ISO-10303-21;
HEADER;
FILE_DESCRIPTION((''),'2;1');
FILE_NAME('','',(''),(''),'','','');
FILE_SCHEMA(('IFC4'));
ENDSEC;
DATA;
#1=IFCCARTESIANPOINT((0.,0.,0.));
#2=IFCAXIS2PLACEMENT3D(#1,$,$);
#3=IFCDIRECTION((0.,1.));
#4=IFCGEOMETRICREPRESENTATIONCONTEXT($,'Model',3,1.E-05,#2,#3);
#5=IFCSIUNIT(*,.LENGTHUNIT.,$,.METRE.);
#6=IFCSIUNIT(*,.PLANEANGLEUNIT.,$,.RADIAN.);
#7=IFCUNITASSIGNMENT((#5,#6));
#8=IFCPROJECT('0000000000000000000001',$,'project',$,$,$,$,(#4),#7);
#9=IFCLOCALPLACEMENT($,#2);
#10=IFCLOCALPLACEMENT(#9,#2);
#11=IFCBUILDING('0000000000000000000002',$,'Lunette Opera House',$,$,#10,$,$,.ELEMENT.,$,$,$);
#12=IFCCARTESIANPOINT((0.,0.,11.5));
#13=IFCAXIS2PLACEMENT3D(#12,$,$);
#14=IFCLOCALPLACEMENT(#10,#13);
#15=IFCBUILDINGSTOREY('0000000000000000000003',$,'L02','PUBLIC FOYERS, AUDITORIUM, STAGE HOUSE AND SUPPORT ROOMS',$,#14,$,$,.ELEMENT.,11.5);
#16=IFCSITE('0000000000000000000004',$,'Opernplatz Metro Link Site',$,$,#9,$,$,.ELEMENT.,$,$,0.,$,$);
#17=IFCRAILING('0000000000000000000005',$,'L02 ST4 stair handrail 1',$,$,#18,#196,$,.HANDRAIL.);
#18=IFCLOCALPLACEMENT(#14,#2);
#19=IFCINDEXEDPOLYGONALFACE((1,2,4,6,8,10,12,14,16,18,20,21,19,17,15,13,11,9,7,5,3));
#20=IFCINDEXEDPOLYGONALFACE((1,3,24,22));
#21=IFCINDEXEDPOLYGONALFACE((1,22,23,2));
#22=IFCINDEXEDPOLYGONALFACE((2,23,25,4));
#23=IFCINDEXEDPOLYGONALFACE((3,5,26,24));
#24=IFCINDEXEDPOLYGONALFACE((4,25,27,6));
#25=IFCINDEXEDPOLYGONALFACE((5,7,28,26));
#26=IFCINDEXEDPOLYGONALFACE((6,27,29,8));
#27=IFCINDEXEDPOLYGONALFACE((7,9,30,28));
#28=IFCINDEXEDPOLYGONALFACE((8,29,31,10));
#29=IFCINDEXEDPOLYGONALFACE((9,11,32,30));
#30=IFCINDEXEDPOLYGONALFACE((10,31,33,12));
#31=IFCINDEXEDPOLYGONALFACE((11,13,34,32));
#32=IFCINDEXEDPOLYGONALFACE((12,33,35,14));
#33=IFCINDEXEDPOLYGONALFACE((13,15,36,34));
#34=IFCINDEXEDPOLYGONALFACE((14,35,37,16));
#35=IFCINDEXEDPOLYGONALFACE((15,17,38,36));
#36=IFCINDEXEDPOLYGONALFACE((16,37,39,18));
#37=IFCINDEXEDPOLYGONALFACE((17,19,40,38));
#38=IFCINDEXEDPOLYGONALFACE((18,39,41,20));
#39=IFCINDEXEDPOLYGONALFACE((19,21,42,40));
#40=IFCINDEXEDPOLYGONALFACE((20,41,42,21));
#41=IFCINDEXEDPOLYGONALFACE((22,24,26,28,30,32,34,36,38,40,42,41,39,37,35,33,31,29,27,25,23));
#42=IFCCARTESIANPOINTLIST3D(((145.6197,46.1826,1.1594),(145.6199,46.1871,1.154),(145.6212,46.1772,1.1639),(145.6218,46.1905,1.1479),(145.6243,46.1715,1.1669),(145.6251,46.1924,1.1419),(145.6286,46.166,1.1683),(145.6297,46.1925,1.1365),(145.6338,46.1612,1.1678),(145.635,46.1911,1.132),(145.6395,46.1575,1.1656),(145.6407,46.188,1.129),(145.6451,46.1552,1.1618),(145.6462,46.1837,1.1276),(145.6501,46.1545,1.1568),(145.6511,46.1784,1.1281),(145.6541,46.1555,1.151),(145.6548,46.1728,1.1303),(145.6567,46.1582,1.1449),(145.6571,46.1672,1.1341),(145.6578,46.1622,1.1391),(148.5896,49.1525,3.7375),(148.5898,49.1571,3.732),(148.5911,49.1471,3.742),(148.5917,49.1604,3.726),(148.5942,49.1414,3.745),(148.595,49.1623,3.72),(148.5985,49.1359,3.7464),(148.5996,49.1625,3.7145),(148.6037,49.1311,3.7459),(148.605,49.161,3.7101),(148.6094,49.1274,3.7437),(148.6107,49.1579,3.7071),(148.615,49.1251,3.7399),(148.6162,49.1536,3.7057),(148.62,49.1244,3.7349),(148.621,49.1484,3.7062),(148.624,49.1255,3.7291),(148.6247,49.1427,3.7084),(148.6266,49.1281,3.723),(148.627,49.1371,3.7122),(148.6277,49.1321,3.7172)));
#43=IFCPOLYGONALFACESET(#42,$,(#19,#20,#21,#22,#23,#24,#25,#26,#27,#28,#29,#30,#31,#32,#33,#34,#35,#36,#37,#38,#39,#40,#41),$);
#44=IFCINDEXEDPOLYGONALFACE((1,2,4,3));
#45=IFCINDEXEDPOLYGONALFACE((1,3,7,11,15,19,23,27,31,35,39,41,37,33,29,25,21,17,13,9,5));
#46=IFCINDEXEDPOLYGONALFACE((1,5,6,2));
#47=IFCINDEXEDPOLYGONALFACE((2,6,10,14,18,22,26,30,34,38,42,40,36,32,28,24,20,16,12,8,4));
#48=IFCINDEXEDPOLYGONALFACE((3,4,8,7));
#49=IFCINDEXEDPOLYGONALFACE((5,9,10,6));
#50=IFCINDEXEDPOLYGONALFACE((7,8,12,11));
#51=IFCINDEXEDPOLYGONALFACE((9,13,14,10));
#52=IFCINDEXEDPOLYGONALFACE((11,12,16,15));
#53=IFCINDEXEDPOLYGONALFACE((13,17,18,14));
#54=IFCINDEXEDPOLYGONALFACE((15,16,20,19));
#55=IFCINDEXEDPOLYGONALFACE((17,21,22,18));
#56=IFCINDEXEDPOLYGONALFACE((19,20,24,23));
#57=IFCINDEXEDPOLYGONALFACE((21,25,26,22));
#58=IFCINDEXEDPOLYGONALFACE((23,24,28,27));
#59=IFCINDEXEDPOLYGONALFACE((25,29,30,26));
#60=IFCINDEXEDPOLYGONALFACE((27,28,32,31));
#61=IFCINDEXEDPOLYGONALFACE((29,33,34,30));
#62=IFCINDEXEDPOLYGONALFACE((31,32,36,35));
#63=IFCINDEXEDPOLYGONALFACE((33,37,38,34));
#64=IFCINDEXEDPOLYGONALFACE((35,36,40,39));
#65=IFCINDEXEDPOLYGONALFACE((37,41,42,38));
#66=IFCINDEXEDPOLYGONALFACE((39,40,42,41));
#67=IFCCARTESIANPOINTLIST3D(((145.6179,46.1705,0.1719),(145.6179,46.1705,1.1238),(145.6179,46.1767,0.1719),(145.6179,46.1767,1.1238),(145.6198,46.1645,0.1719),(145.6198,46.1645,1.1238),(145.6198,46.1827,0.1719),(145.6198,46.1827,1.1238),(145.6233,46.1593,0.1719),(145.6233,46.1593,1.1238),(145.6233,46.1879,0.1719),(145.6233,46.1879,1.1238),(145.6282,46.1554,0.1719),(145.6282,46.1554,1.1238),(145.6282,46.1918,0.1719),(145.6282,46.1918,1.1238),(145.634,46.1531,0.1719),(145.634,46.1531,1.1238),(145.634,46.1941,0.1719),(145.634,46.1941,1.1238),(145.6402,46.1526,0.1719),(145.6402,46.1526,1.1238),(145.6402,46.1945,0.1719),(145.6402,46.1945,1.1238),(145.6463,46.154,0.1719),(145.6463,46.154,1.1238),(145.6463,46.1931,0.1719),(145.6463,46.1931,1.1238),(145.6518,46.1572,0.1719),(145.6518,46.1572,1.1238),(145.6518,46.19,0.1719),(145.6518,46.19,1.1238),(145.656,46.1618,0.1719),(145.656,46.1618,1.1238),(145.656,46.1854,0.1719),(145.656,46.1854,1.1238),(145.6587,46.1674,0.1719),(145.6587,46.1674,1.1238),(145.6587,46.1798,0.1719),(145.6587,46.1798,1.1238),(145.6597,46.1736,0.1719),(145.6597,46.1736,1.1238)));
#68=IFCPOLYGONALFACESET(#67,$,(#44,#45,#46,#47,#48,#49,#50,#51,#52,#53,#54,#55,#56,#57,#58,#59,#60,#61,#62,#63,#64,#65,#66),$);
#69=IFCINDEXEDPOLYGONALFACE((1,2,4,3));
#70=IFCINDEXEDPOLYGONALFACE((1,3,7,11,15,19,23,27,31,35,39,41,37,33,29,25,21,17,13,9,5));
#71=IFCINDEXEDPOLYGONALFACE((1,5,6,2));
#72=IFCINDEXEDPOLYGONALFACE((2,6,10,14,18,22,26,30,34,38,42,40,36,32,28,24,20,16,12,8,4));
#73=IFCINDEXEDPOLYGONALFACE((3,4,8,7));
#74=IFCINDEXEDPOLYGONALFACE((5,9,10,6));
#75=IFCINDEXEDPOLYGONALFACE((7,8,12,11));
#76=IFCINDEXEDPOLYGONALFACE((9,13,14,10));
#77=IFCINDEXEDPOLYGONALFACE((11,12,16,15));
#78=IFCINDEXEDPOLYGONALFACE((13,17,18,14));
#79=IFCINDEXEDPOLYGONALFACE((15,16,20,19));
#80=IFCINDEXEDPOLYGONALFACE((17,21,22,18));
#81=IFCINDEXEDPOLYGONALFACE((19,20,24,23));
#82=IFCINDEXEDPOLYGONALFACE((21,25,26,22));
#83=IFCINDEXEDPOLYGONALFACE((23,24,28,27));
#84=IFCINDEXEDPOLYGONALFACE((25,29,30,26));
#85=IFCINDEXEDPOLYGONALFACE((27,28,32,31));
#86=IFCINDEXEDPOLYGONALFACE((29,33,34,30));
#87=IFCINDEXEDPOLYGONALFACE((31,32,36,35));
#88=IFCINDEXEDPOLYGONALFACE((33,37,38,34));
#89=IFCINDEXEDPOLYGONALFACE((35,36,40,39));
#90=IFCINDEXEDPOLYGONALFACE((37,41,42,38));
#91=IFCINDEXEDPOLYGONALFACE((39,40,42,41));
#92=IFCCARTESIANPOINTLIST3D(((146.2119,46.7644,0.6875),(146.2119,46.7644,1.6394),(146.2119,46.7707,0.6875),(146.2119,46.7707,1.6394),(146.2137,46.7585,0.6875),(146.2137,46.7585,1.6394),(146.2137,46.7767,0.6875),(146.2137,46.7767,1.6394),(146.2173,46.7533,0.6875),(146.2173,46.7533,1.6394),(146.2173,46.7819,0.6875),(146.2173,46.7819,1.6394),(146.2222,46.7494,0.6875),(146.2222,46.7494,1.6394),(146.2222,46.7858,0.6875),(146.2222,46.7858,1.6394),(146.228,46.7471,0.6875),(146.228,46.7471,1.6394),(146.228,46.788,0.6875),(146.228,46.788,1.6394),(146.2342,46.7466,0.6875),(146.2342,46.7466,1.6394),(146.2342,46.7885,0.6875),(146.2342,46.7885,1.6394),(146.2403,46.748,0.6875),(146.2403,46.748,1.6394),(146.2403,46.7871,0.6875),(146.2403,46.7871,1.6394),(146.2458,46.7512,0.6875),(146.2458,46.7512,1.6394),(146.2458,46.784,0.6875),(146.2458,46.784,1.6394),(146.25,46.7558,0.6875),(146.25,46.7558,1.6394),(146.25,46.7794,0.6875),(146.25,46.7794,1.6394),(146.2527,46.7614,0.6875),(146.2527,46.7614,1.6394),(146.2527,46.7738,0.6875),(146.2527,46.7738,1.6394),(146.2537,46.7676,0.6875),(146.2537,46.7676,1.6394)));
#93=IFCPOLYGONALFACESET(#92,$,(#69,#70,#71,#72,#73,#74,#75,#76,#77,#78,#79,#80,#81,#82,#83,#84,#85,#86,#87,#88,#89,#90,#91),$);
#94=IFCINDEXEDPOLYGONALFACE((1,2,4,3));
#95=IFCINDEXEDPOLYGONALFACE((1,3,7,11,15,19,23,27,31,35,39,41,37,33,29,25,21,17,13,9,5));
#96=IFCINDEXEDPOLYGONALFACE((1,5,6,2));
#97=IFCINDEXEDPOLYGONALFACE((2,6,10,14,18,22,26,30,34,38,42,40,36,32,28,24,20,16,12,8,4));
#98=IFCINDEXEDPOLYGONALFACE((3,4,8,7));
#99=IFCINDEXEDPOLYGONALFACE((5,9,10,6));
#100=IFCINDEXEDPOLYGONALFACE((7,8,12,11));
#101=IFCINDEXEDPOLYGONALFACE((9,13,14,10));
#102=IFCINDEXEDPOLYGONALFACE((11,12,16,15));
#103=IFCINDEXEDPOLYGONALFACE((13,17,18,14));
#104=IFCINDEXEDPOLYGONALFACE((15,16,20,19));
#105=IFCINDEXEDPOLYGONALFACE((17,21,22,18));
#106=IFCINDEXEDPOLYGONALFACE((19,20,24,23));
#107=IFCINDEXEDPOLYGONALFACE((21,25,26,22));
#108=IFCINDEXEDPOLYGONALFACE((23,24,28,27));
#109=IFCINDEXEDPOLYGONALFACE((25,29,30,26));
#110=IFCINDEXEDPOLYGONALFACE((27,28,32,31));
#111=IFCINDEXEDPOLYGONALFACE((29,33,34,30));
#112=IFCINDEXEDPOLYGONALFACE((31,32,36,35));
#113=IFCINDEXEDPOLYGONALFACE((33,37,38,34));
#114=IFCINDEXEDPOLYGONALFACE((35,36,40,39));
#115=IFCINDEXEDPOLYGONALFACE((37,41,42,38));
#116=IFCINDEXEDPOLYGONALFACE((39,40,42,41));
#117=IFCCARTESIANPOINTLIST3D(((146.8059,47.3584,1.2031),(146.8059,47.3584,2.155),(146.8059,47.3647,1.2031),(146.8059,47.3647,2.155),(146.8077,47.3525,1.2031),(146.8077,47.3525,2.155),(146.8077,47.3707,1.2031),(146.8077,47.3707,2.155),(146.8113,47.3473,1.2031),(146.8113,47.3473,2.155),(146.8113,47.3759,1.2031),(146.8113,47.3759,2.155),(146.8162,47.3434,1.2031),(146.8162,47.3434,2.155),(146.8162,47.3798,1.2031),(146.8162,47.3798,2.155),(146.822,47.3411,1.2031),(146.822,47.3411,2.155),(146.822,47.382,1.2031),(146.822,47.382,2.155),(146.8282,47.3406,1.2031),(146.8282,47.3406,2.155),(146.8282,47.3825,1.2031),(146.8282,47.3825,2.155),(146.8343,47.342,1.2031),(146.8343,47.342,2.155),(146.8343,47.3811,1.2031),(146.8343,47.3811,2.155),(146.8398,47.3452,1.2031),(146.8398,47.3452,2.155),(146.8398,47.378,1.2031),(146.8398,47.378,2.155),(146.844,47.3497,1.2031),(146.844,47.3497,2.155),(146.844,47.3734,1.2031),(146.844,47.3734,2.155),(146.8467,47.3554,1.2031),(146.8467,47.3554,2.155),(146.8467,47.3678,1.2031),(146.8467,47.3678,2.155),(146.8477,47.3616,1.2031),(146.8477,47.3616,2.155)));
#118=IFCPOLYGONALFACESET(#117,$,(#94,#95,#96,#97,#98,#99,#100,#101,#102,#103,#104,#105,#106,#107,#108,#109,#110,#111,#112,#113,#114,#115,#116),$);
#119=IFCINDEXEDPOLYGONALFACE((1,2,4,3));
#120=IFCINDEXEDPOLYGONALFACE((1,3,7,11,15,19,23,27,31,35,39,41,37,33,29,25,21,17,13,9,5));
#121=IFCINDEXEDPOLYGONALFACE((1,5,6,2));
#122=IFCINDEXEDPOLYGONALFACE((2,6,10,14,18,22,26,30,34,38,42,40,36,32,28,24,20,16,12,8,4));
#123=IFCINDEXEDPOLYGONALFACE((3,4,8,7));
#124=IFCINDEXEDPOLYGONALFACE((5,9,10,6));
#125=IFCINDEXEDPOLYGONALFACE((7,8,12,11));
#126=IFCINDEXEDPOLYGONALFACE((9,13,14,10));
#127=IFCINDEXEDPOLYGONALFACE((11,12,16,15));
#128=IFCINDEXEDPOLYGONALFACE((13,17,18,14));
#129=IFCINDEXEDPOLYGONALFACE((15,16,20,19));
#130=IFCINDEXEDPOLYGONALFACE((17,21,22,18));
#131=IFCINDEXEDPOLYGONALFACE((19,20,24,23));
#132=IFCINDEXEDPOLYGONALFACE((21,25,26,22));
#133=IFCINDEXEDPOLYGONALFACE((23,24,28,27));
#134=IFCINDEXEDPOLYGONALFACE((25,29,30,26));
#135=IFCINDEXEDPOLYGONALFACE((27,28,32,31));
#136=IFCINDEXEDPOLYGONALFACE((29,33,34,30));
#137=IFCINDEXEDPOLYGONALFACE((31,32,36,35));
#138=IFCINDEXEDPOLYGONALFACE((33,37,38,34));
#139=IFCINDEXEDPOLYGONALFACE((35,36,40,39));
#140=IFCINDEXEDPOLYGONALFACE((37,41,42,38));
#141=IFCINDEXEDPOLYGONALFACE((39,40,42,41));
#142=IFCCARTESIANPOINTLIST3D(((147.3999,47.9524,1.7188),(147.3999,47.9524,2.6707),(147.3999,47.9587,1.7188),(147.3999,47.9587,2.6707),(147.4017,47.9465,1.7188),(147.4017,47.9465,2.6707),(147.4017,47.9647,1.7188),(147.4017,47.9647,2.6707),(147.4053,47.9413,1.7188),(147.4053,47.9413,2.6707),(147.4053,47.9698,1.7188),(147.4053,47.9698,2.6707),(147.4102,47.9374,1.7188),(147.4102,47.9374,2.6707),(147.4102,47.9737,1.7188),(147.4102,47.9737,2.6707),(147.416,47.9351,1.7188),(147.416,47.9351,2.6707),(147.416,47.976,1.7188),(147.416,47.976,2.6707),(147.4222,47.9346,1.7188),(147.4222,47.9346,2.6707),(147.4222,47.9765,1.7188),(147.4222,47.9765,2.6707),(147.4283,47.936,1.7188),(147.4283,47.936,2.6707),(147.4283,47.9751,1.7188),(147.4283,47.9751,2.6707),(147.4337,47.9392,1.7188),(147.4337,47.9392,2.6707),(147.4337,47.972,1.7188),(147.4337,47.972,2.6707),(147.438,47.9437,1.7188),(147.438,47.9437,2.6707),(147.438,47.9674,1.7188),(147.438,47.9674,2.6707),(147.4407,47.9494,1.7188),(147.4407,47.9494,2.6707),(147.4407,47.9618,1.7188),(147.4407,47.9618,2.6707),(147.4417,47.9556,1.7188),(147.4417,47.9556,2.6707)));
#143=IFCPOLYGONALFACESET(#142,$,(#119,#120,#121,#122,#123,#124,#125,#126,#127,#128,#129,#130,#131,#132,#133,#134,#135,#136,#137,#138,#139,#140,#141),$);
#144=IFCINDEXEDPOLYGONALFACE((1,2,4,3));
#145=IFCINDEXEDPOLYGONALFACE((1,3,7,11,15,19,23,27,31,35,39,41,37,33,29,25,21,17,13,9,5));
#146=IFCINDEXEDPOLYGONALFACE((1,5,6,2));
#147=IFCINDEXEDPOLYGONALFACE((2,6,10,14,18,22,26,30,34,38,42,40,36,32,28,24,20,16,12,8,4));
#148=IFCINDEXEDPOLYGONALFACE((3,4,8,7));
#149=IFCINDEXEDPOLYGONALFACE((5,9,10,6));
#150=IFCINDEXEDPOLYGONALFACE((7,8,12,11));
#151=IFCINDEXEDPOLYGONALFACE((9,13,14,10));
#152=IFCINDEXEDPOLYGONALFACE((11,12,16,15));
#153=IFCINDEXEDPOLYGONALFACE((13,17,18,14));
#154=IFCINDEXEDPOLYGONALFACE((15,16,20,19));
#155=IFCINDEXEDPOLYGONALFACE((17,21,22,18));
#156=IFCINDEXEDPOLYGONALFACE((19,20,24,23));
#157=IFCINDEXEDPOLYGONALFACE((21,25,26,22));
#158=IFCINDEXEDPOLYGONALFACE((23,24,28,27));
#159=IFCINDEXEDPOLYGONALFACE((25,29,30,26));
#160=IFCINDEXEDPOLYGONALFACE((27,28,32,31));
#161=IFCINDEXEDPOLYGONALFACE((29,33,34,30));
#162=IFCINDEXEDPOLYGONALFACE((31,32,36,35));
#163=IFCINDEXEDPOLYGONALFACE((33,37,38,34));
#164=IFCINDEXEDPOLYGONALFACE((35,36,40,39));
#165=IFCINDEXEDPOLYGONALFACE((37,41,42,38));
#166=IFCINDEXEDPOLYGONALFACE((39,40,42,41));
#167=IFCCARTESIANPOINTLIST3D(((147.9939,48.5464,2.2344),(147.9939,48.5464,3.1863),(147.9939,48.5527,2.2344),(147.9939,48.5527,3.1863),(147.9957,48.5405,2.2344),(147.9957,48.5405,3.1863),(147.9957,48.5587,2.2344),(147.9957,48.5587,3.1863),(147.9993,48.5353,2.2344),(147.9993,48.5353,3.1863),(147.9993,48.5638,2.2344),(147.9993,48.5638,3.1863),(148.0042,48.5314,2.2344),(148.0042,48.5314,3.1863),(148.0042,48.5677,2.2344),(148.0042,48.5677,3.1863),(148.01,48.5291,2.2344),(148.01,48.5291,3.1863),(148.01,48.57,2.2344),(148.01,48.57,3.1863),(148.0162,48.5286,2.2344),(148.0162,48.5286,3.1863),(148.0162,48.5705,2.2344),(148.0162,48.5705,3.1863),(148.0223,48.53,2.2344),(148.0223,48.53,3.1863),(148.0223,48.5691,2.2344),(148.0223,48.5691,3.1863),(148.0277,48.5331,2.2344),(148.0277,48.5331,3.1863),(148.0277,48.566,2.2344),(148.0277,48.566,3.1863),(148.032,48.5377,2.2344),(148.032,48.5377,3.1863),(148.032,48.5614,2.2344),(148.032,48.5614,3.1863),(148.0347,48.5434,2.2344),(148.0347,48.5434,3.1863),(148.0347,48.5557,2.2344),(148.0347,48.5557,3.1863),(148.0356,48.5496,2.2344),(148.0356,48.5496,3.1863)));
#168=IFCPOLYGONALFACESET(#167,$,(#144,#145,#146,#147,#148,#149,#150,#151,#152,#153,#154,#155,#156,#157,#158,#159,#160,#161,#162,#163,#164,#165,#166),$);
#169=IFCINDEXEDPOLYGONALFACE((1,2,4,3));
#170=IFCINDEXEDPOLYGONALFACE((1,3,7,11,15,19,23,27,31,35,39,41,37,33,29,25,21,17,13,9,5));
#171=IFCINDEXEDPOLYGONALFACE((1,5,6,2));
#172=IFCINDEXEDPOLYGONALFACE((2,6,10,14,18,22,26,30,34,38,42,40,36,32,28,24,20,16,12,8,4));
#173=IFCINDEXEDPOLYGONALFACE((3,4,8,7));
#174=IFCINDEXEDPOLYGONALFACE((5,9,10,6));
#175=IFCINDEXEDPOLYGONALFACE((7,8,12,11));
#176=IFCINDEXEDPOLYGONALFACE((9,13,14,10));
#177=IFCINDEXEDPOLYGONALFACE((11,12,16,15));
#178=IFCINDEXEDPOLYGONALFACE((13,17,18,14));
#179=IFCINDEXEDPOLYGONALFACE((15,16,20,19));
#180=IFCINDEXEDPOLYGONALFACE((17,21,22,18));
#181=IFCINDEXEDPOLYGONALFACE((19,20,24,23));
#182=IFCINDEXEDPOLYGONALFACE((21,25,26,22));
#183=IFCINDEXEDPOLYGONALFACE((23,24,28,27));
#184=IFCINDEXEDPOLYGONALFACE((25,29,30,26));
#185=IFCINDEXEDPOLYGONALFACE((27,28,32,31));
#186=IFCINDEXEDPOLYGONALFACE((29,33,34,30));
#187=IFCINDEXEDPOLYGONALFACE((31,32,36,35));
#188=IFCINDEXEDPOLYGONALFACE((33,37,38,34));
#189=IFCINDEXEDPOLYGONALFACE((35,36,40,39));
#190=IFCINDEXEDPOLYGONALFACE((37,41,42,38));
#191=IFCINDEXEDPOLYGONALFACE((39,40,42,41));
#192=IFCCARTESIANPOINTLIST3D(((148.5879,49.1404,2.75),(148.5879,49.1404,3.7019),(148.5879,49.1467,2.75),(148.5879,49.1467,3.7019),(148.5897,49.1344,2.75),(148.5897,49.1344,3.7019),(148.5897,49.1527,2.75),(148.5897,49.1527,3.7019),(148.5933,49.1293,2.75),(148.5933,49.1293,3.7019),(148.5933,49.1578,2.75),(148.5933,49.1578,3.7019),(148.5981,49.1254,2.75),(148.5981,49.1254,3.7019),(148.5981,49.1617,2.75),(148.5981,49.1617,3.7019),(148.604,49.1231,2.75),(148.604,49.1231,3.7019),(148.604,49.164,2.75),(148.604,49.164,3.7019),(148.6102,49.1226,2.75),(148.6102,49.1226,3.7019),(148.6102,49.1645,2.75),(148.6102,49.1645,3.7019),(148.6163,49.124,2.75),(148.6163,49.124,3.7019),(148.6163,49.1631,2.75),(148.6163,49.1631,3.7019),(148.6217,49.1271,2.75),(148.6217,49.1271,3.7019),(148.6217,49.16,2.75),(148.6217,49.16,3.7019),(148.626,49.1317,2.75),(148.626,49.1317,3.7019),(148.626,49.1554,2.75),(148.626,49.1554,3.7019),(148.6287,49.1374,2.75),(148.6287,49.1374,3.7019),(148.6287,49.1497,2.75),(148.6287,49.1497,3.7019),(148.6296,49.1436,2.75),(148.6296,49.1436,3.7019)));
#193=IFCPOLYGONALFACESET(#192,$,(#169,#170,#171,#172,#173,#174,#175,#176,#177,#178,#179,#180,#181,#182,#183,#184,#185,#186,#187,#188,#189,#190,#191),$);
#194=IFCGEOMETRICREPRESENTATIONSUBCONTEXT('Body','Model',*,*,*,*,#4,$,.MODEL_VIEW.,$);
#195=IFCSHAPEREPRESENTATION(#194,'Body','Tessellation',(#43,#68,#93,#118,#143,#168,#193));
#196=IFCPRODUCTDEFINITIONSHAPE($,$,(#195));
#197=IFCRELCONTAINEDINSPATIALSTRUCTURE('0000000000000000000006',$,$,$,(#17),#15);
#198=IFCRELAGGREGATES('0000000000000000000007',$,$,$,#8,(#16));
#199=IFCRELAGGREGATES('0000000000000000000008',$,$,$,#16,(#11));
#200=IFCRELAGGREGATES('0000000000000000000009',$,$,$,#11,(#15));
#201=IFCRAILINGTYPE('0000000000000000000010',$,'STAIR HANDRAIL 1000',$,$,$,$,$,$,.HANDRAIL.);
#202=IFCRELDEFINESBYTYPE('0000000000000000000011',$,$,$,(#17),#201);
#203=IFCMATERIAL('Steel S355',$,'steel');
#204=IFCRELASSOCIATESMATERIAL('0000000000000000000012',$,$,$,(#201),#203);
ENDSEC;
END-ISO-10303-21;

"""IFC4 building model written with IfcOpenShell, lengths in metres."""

from ifc_helpers import new_model, si_unit, direction, frame, origin, origin_2d, place, context, subcontext, project, spatial, circle, extrude, material, type_object, element, save


model = new_model("IFC4")

# Units and contexts
model_context = context("Model", 3, precision=1e-05, world=origin(), true_north=direction((0.0, 1.0)))
body_context = subcontext(model_context, "Body", "Model", "MODEL_VIEW")
ifc_project = project(units=[si_unit("LENGTHUNIT", "METRE"), si_unit("PLANEANGLEUNIT", "RADIAN")], contexts=[model_context])

# Site, building, storey
site_placement = place(None, origin())
site = spatial("IfcSite", under=ifc_project, at=site_placement, Name="Opernplatz Metro Link Site", CompositionType="ELEMENT", RefElevation=0.0)
building_placement = place(site_placement, origin())
building = spatial("IfcBuilding", under=site, at=building_placement, Name="Lunette Opera House", CompositionType="ELEMENT")
storey_placement = place(building_placement, frame((0.0, 0.0, 11.5)))
storey = spatial("IfcBuildingStorey", under=building, at=storey_placement, Name="L02", Description="PUBLIC FOYERS, AUDITORIUM, STAGE HOUSE AND SUPPORT ROOMS", CompositionType="ELEMENT", Elevation=11.5)

# Railing
ifc_material_1 = material(Name="Steel S355", Category="steel")
railing_type_1 = type_object("IfcRailingType", Name="STAIR HANDRAIL 1000", PredefinedType="HANDRAIL", material=ifc_material_1)
railing_1_placement = place(storey_placement, frame((145.6387, 46.1736, 0.1719)))
element("IfcRailing", 1, at=railing_1_placement, inside=storey, type_object=railing_type_1, Name="L02 ST4 stair handrail 1", PredefinedType="HANDRAIL", context=body_context, shape_type="SweptSolid", body=[
    extrude(circle(Radius=0.0239, at=origin_2d()), frame((0.0, 0.0, 0.9761), z_axis=(0.602635, 0.602635, 0.523126), x_axis=(-0.707107, 0.707107, 0.0)), (0.0, 0.0, 1.0), 4.9282),
    extrude(circle(Radius=0.021, at=origin_2d()), origin(), (0.0, 0.0, 1.0), 0.9519),
    extrude(circle(Radius=0.021, at=origin_2d()), frame((0.594, 0.594, 0.5156)), (0.0, 0.0, 1.0), 0.9519),
    extrude(circle(Radius=0.021, at=origin_2d()), frame((1.188, 1.188, 1.0312)), (0.0, 0.0, 1.0), 0.9519),
    extrude(circle(Radius=0.021, at=origin_2d()), frame((1.782, 1.782, 1.5469)), (0.0, 0.0, 1.0), 0.9519),
    extrude(circle(Radius=0.021, at=origin_2d()), frame((2.376, 2.376, 2.0625)), (0.0, 0.0, 1.0), 0.9519),
    extrude(circle(Radius=0.021, at=origin_2d()), frame((2.97, 2.97, 2.5781)), (0.0, 0.0, 1.0), 0.9519),
])

save(model, "model.ifc")
